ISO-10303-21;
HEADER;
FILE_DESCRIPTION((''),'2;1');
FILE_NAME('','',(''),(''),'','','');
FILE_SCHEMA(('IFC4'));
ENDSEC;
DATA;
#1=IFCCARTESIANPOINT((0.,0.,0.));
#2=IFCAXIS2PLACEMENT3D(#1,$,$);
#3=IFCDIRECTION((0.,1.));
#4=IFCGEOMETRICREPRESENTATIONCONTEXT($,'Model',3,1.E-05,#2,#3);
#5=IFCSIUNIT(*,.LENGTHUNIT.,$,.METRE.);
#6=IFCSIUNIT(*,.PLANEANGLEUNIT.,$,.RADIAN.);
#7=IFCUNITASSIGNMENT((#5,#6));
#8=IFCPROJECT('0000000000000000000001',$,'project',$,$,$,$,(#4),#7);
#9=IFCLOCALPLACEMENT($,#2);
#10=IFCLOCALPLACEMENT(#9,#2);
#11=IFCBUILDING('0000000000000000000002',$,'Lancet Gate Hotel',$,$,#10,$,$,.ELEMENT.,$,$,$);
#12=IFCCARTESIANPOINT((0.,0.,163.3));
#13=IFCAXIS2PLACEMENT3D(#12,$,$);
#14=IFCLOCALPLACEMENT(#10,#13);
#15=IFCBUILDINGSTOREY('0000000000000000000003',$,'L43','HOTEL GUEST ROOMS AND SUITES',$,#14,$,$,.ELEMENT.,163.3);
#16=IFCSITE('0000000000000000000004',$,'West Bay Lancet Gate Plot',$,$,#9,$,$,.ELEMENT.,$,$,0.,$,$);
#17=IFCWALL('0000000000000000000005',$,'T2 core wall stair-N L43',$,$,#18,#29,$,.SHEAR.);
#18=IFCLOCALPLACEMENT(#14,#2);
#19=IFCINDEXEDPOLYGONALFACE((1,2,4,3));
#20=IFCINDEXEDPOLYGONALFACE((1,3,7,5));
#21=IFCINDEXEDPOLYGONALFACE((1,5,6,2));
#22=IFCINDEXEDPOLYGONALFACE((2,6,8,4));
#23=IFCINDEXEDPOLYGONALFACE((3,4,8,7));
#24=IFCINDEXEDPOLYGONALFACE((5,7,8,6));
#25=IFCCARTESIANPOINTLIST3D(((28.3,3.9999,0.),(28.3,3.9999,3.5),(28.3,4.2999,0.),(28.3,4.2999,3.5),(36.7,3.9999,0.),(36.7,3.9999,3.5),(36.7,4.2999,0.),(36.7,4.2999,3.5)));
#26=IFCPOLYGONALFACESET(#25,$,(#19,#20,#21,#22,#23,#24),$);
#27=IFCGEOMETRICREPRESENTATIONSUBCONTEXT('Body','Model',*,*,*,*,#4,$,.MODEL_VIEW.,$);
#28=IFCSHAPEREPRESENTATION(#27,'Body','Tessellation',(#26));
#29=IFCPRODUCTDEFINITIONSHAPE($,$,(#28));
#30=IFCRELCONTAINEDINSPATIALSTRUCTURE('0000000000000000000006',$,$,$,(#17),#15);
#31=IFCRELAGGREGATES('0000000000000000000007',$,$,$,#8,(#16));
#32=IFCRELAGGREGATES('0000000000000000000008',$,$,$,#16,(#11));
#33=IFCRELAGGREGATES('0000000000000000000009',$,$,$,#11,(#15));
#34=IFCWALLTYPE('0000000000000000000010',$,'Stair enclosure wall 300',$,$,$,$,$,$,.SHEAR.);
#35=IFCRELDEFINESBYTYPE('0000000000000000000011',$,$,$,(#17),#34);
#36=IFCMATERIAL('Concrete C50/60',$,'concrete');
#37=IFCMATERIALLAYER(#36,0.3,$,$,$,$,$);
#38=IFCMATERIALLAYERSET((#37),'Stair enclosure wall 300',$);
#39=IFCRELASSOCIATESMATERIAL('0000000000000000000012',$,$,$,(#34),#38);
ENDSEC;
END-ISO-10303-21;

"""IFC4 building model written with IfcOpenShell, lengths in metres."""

from ifc_helpers import new_model, si_unit, direction, frame, frame_2d, origin, place, context, subcontext, project, spatial, rectangle, extrude, material, layer, layer_set, type_object, element, save


model = new_model("IFC4")

# Units and contexts
model_context = context("Model", 3, precision=1e-05, world=origin(), true_north=direction((0.0, 1.0)))
body_context = subcontext(model_context, "Body", "Model", "MODEL_VIEW")
ifc_project = project(units=[si_unit("LENGTHUNIT", "METRE"), si_unit("PLANEANGLEUNIT", "RADIAN")], contexts=[model_context])

# Site, building, storey
site_placement = place(None, origin())
site = spatial("IfcSite", under=ifc_project, at=site_placement, Name="West Bay Lancet Gate Plot", CompositionType="ELEMENT", RefElevation=0.0)
building_placement = place(site_placement, origin())
building = spatial("IfcBuilding", under=site, at=building_placement, Name="Lancet Gate Hotel", CompositionType="ELEMENT")
storey_placement = place(building_placement, frame((0.0, 0.0, 163.3)))
storey = spatial("IfcBuildingStorey", under=building, at=storey_placement, Name="L43", Description="HOTEL GUEST ROOMS AND SUITES", CompositionType="ELEMENT", Elevation=163.3)

# Wall
ifc_material_1 = material(Name="Concrete C50/60", Category="concrete")
ifc_layer_1 = layer(ifc_material_1, 0.3)
ifc_layer_set_1 = layer_set([ifc_layer_1], Name="Stair enclosure wall 300")
wall_type_1 = type_object("IfcWallType", Name="Stair enclosure wall 300", PredefinedType="SHEAR", material=ifc_layer_set_1)
wall_1_placement = place(storey_placement, frame((28.3, 4.1499, 0.0), z_axis=(0.0, 0.0, 1.0), x_axis=(1.0, 0.0, 0.0)))
element("IfcWall", 1, at=wall_1_placement, inside=storey, type_object=wall_type_1, Name="T2 core wall stair-N L43", PredefinedType="SHEAR", context=body_context, shape_type="SweptSolid", body=[
    extrude(rectangle(XDim=8.3999, YDim=0.3, at=frame_2d((4.2, 0.0))), origin(), (0.0, 0.0, 1.0), 3.5),
])

save(model, "model.ifc")
